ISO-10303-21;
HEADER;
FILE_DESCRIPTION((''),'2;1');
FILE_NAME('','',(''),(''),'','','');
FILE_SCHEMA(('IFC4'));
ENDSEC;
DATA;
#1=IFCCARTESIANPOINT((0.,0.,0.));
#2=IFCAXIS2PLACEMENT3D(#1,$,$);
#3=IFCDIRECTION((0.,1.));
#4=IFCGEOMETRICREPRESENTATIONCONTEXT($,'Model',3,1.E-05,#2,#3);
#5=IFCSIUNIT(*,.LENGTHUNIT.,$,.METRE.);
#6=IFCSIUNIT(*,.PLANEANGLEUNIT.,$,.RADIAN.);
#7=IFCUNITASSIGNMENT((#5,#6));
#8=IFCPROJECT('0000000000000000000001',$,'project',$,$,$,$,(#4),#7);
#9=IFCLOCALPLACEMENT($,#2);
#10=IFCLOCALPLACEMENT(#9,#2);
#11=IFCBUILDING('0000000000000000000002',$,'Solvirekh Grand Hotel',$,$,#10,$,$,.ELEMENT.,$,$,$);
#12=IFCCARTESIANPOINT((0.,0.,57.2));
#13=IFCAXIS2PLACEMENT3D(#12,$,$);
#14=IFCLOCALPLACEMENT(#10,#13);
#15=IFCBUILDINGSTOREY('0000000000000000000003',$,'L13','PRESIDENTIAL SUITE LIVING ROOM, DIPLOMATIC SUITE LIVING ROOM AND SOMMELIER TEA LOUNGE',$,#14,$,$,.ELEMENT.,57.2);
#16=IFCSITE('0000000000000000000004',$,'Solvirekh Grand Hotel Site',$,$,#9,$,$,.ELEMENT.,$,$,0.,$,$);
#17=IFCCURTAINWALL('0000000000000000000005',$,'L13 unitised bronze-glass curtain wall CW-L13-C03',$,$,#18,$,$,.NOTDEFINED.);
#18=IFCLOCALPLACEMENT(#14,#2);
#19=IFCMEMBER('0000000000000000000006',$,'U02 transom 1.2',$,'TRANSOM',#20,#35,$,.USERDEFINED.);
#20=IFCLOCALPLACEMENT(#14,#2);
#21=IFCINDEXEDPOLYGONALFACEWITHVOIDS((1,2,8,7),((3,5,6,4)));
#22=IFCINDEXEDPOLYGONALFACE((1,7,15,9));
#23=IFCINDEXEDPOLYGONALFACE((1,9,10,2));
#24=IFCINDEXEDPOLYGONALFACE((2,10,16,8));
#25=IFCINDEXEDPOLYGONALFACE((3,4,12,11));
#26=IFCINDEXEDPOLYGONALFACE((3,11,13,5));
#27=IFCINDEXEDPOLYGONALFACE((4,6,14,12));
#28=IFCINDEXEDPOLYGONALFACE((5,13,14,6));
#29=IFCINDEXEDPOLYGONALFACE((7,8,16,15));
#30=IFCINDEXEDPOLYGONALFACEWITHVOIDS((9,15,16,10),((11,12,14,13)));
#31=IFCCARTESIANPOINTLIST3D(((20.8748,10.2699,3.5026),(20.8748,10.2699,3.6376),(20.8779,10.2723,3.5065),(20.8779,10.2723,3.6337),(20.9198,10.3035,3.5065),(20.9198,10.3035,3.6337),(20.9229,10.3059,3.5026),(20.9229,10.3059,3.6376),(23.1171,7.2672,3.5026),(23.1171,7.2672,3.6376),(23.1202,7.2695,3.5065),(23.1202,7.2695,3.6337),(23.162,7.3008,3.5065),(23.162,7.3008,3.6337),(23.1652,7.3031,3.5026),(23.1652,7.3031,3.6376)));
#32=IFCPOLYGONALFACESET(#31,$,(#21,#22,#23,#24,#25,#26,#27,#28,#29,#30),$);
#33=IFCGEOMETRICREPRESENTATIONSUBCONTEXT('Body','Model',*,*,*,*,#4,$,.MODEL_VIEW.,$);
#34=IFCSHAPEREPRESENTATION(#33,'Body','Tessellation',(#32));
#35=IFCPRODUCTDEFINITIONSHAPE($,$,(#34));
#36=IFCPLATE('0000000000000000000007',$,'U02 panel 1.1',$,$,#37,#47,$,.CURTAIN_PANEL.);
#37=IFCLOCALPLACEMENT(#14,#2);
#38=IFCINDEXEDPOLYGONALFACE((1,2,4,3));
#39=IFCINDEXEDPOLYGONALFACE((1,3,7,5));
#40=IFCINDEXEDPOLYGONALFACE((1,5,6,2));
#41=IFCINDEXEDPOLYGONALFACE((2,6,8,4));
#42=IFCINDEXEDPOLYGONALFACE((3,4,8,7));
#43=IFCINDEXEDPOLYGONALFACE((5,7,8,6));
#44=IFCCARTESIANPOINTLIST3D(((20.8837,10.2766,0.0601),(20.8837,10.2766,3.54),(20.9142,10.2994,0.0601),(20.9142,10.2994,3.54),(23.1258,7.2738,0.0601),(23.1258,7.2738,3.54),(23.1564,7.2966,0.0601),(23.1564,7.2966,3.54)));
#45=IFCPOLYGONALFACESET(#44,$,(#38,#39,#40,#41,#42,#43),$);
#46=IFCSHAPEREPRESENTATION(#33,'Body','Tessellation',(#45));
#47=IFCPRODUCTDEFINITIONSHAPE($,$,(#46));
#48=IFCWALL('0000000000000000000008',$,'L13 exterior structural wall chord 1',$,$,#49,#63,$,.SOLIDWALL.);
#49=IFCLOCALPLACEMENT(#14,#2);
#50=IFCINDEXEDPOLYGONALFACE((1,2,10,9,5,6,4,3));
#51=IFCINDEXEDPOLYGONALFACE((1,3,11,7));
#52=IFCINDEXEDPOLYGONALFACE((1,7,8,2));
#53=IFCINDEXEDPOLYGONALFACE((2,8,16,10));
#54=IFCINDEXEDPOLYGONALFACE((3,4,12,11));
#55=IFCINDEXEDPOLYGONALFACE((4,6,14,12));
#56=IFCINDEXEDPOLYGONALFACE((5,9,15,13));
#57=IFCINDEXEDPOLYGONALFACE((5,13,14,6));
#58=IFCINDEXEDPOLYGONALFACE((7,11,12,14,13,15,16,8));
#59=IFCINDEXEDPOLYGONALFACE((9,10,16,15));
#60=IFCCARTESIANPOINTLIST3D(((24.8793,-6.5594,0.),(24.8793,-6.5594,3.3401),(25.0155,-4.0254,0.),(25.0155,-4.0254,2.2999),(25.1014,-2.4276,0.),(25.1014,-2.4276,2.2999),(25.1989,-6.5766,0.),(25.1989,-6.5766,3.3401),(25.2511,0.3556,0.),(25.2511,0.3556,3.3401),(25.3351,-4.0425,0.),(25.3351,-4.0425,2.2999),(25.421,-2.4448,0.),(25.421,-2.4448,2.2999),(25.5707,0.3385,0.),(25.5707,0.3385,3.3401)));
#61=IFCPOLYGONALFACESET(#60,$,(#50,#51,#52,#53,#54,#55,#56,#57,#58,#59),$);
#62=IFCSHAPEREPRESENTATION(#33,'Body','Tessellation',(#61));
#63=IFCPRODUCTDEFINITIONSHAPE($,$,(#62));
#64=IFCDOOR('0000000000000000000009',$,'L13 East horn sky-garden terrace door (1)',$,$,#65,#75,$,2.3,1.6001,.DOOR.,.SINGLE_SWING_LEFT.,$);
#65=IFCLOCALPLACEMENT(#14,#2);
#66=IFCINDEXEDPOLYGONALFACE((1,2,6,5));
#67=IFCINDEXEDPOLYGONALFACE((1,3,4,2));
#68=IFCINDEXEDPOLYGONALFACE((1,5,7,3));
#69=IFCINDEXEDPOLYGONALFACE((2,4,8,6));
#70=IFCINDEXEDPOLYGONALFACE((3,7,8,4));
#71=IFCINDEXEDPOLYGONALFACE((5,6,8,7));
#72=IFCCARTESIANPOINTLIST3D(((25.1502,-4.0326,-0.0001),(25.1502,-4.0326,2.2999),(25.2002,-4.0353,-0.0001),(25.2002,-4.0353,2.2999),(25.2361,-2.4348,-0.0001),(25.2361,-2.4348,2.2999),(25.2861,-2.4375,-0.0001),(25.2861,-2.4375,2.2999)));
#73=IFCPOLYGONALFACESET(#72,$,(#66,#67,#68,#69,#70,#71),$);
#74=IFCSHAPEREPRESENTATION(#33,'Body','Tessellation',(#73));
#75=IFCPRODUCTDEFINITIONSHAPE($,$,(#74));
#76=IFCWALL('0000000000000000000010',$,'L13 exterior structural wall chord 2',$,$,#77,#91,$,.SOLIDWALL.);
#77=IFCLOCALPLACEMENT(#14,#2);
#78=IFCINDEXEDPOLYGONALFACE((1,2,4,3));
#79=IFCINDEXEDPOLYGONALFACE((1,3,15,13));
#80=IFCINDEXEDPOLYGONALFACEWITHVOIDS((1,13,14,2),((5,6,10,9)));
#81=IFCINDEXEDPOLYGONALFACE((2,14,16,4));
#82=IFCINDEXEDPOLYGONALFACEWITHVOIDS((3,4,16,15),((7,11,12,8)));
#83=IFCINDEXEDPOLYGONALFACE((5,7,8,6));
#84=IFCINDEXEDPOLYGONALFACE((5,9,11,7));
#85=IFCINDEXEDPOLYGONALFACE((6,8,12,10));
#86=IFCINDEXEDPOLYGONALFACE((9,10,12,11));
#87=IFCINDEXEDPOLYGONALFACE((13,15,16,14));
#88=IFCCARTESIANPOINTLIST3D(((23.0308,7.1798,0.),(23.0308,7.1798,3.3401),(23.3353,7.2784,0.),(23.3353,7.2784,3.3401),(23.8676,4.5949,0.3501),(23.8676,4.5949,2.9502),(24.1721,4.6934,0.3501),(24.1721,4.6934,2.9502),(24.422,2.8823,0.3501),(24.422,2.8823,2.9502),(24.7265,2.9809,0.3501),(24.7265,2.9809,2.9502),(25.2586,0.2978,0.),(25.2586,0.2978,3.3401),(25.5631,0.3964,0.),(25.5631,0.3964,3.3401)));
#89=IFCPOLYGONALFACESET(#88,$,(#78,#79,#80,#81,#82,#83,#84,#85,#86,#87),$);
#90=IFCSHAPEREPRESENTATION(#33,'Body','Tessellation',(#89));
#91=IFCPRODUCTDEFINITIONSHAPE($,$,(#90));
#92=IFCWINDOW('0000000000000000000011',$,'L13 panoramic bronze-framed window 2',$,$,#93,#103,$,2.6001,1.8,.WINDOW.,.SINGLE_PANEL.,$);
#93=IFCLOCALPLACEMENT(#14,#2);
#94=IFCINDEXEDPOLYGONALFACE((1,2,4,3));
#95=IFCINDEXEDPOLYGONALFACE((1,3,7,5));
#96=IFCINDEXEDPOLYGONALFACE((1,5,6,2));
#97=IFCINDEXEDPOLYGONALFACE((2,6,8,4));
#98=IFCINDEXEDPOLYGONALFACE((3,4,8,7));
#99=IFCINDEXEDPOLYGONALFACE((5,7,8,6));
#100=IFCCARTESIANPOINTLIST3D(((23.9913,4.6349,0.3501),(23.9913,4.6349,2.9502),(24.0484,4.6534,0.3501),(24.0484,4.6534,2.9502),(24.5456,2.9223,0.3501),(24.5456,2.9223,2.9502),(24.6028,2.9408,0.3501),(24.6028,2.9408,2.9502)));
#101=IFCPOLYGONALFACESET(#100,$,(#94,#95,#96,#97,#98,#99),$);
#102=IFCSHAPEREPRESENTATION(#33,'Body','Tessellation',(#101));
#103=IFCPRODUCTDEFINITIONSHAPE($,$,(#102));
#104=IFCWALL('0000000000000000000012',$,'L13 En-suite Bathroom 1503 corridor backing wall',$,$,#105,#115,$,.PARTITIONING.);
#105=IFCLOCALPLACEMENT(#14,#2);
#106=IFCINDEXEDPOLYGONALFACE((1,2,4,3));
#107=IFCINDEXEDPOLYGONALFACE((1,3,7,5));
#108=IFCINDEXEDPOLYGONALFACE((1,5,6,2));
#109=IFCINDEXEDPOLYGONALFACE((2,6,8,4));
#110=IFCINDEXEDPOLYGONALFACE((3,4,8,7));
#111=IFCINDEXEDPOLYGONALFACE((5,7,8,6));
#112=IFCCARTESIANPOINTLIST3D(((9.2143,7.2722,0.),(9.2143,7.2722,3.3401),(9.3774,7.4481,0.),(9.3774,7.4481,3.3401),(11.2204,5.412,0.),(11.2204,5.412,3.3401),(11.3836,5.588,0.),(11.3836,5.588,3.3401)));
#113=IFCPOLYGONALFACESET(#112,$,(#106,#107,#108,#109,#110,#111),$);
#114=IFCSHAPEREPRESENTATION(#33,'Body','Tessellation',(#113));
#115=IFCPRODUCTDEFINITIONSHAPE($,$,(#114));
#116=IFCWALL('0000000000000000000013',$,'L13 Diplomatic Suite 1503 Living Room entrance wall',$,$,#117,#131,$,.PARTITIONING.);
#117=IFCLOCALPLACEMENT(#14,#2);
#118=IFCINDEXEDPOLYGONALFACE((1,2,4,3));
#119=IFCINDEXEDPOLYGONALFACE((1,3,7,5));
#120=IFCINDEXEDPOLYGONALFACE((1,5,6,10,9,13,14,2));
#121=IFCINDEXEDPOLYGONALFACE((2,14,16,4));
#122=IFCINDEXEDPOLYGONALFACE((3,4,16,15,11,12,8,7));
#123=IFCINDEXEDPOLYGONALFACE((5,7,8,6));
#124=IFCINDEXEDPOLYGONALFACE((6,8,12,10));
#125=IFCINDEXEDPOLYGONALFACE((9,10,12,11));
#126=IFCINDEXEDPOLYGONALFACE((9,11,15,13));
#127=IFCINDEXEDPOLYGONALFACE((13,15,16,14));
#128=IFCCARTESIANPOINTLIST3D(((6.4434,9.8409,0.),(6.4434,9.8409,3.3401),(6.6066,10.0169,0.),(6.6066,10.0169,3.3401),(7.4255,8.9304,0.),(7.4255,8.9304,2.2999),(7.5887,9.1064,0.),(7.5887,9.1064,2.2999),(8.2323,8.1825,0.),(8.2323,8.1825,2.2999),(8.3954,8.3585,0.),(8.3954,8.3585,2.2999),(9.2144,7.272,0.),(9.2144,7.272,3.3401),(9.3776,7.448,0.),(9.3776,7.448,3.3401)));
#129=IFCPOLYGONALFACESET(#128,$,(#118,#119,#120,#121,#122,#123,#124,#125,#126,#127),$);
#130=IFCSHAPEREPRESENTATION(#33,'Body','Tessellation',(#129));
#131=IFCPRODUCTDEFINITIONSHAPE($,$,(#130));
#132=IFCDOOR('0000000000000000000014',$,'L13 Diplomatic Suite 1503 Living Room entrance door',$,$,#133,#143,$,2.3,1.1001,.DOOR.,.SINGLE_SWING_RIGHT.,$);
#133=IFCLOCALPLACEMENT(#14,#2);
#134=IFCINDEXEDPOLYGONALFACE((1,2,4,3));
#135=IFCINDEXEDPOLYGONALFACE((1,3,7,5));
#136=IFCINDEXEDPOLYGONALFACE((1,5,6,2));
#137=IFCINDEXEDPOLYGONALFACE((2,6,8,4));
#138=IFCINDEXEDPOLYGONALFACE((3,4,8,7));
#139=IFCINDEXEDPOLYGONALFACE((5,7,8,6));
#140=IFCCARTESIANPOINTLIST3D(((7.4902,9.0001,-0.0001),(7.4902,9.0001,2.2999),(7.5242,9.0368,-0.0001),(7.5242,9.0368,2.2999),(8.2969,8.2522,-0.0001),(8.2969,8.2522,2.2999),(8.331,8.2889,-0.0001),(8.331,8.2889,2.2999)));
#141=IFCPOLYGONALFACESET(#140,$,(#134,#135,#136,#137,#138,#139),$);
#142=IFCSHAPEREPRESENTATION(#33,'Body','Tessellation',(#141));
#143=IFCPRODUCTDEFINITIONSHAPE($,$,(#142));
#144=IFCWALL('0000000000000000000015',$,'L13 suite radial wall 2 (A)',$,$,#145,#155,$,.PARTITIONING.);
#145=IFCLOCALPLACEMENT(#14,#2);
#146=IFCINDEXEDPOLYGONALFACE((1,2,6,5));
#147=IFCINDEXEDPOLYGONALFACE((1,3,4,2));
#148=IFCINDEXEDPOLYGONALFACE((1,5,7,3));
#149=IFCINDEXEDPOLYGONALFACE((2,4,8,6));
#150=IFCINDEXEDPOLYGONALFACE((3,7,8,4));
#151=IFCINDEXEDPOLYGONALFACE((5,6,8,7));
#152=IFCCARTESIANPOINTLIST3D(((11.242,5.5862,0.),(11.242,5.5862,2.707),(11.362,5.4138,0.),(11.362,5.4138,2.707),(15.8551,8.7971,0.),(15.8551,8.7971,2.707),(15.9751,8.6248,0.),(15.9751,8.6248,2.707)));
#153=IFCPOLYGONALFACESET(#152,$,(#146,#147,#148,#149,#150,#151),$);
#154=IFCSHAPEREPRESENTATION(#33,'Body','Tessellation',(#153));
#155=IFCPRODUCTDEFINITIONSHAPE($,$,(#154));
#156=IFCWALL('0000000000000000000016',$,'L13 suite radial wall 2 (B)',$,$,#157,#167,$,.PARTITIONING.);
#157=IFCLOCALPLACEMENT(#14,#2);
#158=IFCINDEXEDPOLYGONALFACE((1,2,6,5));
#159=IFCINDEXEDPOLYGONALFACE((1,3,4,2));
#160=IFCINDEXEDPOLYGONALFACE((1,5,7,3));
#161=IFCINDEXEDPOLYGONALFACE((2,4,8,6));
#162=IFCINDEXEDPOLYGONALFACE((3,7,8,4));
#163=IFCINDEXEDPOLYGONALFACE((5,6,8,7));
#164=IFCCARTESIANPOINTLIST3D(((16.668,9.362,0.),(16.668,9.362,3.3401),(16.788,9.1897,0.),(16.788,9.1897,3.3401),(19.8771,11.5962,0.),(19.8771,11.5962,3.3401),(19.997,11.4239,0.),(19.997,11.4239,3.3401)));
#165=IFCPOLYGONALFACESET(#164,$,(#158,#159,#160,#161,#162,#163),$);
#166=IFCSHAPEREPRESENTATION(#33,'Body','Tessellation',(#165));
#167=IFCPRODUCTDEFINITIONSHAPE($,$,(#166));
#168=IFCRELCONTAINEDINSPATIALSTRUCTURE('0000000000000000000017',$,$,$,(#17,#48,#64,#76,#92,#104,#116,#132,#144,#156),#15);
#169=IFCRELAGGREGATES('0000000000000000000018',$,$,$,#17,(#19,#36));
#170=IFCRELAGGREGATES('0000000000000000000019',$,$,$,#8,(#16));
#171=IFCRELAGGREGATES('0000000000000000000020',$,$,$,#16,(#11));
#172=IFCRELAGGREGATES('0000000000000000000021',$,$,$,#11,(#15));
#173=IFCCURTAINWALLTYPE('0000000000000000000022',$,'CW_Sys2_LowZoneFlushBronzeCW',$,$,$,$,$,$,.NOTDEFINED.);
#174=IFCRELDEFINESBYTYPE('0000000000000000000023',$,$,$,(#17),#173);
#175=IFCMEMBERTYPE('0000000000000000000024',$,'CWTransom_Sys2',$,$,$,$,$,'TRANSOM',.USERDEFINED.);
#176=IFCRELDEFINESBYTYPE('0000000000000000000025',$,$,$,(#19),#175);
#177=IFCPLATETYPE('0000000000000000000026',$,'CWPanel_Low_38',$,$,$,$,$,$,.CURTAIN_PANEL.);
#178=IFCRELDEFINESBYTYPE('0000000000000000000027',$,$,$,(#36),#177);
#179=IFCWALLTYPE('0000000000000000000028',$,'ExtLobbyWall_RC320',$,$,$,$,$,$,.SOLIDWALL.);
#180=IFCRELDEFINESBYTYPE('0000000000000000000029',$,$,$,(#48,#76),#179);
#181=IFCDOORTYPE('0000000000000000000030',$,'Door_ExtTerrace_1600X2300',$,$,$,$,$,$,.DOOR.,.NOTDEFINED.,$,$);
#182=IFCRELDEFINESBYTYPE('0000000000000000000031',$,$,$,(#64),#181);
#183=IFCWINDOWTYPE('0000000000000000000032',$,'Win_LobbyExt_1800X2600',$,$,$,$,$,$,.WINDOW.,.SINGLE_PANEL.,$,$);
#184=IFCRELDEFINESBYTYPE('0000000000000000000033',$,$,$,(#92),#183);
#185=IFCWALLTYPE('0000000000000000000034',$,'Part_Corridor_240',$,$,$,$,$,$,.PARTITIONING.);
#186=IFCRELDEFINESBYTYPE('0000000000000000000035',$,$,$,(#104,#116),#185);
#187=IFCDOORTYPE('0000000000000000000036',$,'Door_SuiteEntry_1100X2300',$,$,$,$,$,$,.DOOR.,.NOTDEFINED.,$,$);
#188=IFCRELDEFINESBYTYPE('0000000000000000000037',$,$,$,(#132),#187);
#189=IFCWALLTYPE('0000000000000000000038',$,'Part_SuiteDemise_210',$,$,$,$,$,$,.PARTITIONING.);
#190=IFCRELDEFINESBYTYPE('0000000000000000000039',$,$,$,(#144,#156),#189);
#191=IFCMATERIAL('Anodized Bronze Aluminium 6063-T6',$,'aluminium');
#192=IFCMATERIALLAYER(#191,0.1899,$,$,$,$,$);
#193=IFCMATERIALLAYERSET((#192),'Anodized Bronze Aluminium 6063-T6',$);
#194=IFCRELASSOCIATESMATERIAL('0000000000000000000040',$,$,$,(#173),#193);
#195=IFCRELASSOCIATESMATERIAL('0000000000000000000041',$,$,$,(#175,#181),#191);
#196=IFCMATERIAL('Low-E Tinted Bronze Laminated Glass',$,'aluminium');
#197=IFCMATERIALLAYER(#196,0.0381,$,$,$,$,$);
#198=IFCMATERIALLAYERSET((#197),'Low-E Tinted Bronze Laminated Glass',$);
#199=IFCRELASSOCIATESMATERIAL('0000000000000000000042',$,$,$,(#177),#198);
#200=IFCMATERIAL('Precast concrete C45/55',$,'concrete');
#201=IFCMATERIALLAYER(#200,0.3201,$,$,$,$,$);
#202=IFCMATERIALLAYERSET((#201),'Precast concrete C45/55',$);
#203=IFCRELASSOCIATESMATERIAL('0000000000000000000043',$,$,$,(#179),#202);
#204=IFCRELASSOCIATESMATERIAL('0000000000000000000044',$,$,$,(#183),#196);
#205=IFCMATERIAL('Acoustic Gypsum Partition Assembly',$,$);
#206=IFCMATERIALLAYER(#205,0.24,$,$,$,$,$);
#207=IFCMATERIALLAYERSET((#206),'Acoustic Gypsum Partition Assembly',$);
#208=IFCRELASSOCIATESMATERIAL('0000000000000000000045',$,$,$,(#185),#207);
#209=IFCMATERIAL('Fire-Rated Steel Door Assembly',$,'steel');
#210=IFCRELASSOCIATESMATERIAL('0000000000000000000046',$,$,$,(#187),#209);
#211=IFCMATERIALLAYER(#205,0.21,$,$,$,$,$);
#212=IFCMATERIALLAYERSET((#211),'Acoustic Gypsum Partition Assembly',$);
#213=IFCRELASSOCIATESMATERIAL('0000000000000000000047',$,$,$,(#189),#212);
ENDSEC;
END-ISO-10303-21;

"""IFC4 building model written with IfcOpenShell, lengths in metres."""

from ifc_helpers import new_model, si_unit, direction, frame, frame_2d, origin, origin_2d, place, context, subcontext, project, spatial, rectangle, hollow_rectangle, extrude, source, transform, mapped, material, layer, layer_set, material_profile, profile_set, type_object, element, fill, aggregate, save


model = new_model("IFC4")

# Units and contexts
model_context = context("Model", 3, precision=1e-05, world=origin(), true_north=direction((0.0, 1.0)))
body_context = subcontext(model_context, "Body", "Model", "MODEL_VIEW")
ifc_project = project(units=[si_unit("LENGTHUNIT", "METRE"), si_unit("PLANEANGLEUNIT", "RADIAN")], contexts=[model_context])

# Site, building, storey
site_placement = place(None, origin())
site = spatial("IfcSite", under=ifc_project, at=site_placement, Name="Solvirekh Grand Hotel Site", CompositionType="ELEMENT", RefElevation=0.0)
building_placement = place(site_placement, origin())
building = spatial("IfcBuilding", under=site, at=building_placement, Name="Solvirekh Grand Hotel", CompositionType="ELEMENT")
storey_placement = place(building_placement, frame((0.0, 0.0, 57.2)))
storey = spatial("IfcBuildingStorey", under=building, at=storey_placement, Name="L13", Description="PRESIDENTIAL SUITE LIVING ROOM, DIPLOMATIC SUITE LIVING ROOM AND SOMMELIER TEA LOUNGE", CompositionType="ELEMENT", Elevation=57.2)

# Curtain wall, member, plate
ifc_material_1 = material(Name="Anodized Bronze Aluminium 6063-T6", Category="aluminium")
ifc_layer_1 = layer(ifc_material_1, 0.1899)
ifc_layer_set_1 = layer_set([ifc_layer_1], Name="Anodized Bronze Aluminium 6063-T6")
curtain_wall_type = type_object("IfcCurtainWallType", Name="CW_Sys2_LowZoneFlushBronzeCW", PredefinedType="NOTDEFINED", material=ifc_layer_set_1)
curtain_wall_placement = place(storey_placement, origin())
curtain_wall = element("IfcCurtainWall", 1, at=curtain_wall_placement, inside=storey, type_object=curtain_wall_type, Name="L13 unitised bronze-glass curtain wall CW-L13-C03", PredefinedType="NOTDEFINED")
ifc_material_profile_1 = material_profile(ifc_material_1, hollow_rectangle(XDim=0.0601, YDim=0.135, WallThickness=0.0039, at=origin_2d()), Name="ALU RHS 135X60X4")
ifc_profile_set_1 = profile_set([ifc_material_profile_1], Name="Anodized Bronze Aluminium 6063-T6")
member_type_1 = type_object("IfcMemberType", Name="CWTransom_Sys2", ElementType="TRANSOM", PredefinedType="USERDEFINED", material=ifc_profile_set_1)
shared_shape_1 = source(origin(), body_context, "Body", "SweptSolid", [
    extrude(hollow_rectangle(XDim=0.0601, YDim=0.135, WallThickness=0.0039, at=origin_2d()), origin(), (0.0, 0.0, 1.0), 3.7476),
])
member_1_placement = place(storey_placement, frame((23.1411, 7.2852, 3.5701), z_axis=(-0.59832, 0.801257, 0.0), x_axis=(-0.801257, -0.59832, 0.0)))
member_1 = element("IfcMember", 2, at=member_1_placement, type_object=member_type_1, Name="U02 transom 1.2", ObjectType="TRANSOM", PredefinedType="USERDEFINED", context=body_context, shape_type="MappedRepresentation", body=[
    mapped(shared_shape_1, transform((0.0, 0.0, 0.0), x_axis=(1.0, 0.0, 0.0), y_axis=(0.0, 1.0, 0.0), z_axis=(0.0, 0.0, 1.0), scale=1.0)),
])
ifc_material_2 = material(Name="Low-E Tinted Bronze Laminated Glass", Category="aluminium")
ifc_layer_2 = layer(ifc_material_2, 0.0381)
ifc_layer_set_2 = layer_set([ifc_layer_2], Name="Low-E Tinted Bronze Laminated Glass")
plate_type = type_object("IfcPlateType", Name="CWPanel_Low_38", PredefinedType="CURTAIN_PANEL", material=ifc_layer_set_2)
shared_shape_2 = source(origin(), body_context, "Body", "SweptSolid", [
    extrude(rectangle(XDim=3.7476, YDim=0.0381, at=origin_2d()), origin(), (0.0, 0.0, 1.0), 3.48),
])
plate_placement = place(storey_placement, frame((22.02, 8.7866, 0.0601), z_axis=(0.0, 0.0, 1.0), x_axis=(-0.598296, 0.801275, 0.0)))
plate = element("IfcPlate", 3, at=plate_placement, type_object=plate_type, Name="U02 panel 1.1", PredefinedType="CURTAIN_PANEL", context=body_context, shape_type="MappedRepresentation", body=[
    mapped(shared_shape_2, transform((0.0, 0.0, 0.0), x_axis=(1.0, 0.0, 0.0), y_axis=(0.0, 1.0, 0.0), z_axis=(0.0, 0.0, 1.0), scale=1.0)),
])
aggregate(curtain_wall, [member_1, plate])

# Wall, opening, door
ifc_material_3 = material(Name="Precast concrete C45/55", Category="concrete")
ifc_layer_3 = layer(ifc_material_3, 0.3201)
ifc_layer_set_3 = layer_set([ifc_layer_3], Name="Precast concrete C45/55")
wall_type_1 = type_object("IfcWallType", Name="ExtLobbyWall_RC320", PredefinedType="SOLIDWALL", material=ifc_layer_set_3)
wall_1_placement = place(storey_placement, frame((25.4109, 0.3469, 0.0), z_axis=(0.0, 0.0, 1.0), x_axis=(-0.053693, -0.998557, 0.0)))
wall_1 = element("IfcWall", 4, at=wall_1_placement, inside=storey, type_object=wall_type_1, Name="L13 exterior structural wall chord 1", PredefinedType="SOLIDWALL", context=body_context, shape_type="SweptSolid", body=[
    extrude(rectangle(XDim=6.925, YDim=0.3201, at=frame_2d((3.4624, 0.0))), origin(), (0.0, 0.0, 1.0), 3.3401),
])
opening_1_placement = place(wall_1_placement, frame((2.7871, 0.0, 0.0)))
opening_1 = element("IfcOpeningElement", 5, at=opening_1_placement, cuts=wall_1, PredefinedType="OPENING", context=body_context, shape_type="SweptSolid", body=[
    extrude(rectangle(XDim=1.6001, YDim=2.3, at=frame_2d((0.8, 1.1499))), frame((0.0, 0.1699, 0.0), z_axis=(0.0, -1.0, 0.0), x_axis=(1.0, 0.0, 0.0)), (0.0, 0.0, 1.0), 0.3401),
])
door_type_1 = type_object("IfcDoorType", Name="Door_ExtTerrace_1600X2300", OperationType="NOTDEFINED", PredefinedType="DOOR", material=ifc_material_1)
door_1_placement = place(opening_1_placement, origin())
door_1 = element("IfcDoor", 6, at=door_1_placement, inside=storey, type_object=door_type_1, Name="L13 East horn sky-garden terrace door (1)", OperationType="SINGLE_SWING_LEFT", OverallHeight=2.3, OverallWidth=1.6001, PredefinedType="DOOR", context=body_context, shape_type="SweptSolid", body=[
    extrude(rectangle(XDim=1.6001, YDim=2.3, at=frame_2d((0.8, 1.1499))), frame((0.0, 0.0249, 0.0), z_axis=(0.0, -1.0, 0.0), x_axis=(1.0, 0.0, 0.0)), (0.0, 0.0, 1.0), 0.05),
])
fill(opening_1, door_1)

# Wall, opening, window
wall_2_placement = place(storey_placement, frame((23.1831, 7.229, 0.0), z_axis=(0.0, 0.0, 1.0), x_axis=(0.307974, -0.951395, 0.0)))
wall_2 = element("IfcWall", 7, at=wall_2_placement, inside=storey, type_object=wall_type_1, Name="L13 exterior structural wall chord 2", PredefinedType="SOLIDWALL", context=body_context, shape_type="SweptSolid", body=[
    extrude(rectangle(XDim=7.2336, YDim=0.3201, at=frame_2d((3.6167, 0.0))), origin(), (0.0, 0.0, 1.0), 3.3401),
])
opening_2_placement = place(wall_2_placement, frame((2.717, 0.0, 0.3501)))
opening_2 = element("IfcOpeningElement", 8, at=opening_2_placement, cuts=wall_2, PredefinedType="OPENING", context=body_context, shape_type="SweptSolid", body=[
    extrude(rectangle(XDim=1.8, YDim=2.6001, at=frame_2d((0.8999, 1.3))), frame((0.0, 0.1699, 0.0), z_axis=(0.0, -1.0, 0.0), x_axis=(1.0, 0.0, 0.0)), (0.0, 0.0, 1.0), 0.3401),
])
window_type = type_object("IfcWindowType", Name="Win_LobbyExt_1800X2600", PartitioningType="SINGLE_PANEL", PredefinedType="WINDOW", material=ifc_material_2)
window_placement = place(opening_2_placement, origin())
window = element("IfcWindow", 9, at=window_placement, inside=storey, type_object=window_type, Name="L13 panoramic bronze-framed window 2", OverallHeight=2.6001, OverallWidth=1.8, PartitioningType="SINGLE_PANEL", PredefinedType="WINDOW", context=body_context, shape_type="SweptSolid", body=[
    extrude(rectangle(XDim=1.8, YDim=2.6001, at=frame_2d((0.8999, 1.3))), frame((0.0, 0.03, 0.0), z_axis=(0.0, -1.0, 0.0), x_axis=(1.0, 0.0, 0.0)), (0.0, 0.0, 1.0), 0.0601),
])
fill(opening_2, window)

# Wall
ifc_material_4 = material(Name="Acoustic Gypsum Partition Assembly")
ifc_layer_4 = layer(ifc_material_4, 0.24)
ifc_layer_set_4 = layer_set([ifc_layer_4], Name="Acoustic Gypsum Partition Assembly")
wall_type_2 = type_object("IfcWallType", Name="Part_Corridor_240", PredefinedType="PARTITIONING", material=ifc_layer_set_4)
wall_3_placement = place(storey_placement, frame((11.302, 5.5, 0.0), z_axis=(0.0, 0.0, 1.0), x_axis=(-0.733286, 0.67992, 0.0)))
element("IfcWall", 10, at=wall_3_placement, inside=storey, type_object=wall_type_2, Name="L13 En-suite Bathroom 1503 corridor backing wall", PredefinedType="PARTITIONING", context=body_context, shape_type="SweptSolid", body=[
    extrude(rectangle(XDim=2.7358, YDim=0.24, at=frame_2d((1.3679, 0.0))), origin(), (0.0, 0.0, 1.0), 3.3401),
])

# Wall, opening, door
wall_4_placement = place(storey_placement, frame((9.2959, 7.3601, 0.0), z_axis=(0.0, 0.0, 1.0), x_axis=(-0.73335, 0.679851, 0.0)))
wall_4 = element("IfcWall", 11, at=wall_4_placement, inside=storey, type_object=wall_type_2, Name="L13 Diplomatic Suite 1503 Living Room entrance wall", PredefinedType="PARTITIONING", context=body_context, shape_type="SweptSolid", body=[
    extrude(rectangle(XDim=3.7786, YDim=0.24, at=frame_2d((1.8892, 0.0))), origin(), (0.0, 0.0, 1.0), 3.3401),
])
opening_3_placement = place(wall_4_placement, frame((1.3391, 0.0, 0.0)))
opening_3 = element("IfcOpeningElement", 12, at=opening_3_placement, cuts=wall_4, PredefinedType="OPENING", context=body_context, shape_type="SweptSolid", body=[
    extrude(rectangle(XDim=1.1001, YDim=2.3, at=frame_2d((0.55, 1.1499))), frame((0.0, 0.1299, 0.0), z_axis=(0.0, -1.0, 0.0), x_axis=(1.0, 0.0, 0.0)), (0.0, 0.0, 1.0), 0.26),
])
ifc_material_5 = material(Name="Fire-Rated Steel Door Assembly", Category="steel")
door_type_2 = type_object("IfcDoorType", Name="Door_SuiteEntry_1100X2300", OperationType="NOTDEFINED", PredefinedType="DOOR", material=ifc_material_5)
door_2_placement = place(opening_3_placement, origin())
door_2 = element("IfcDoor", 13, at=door_2_placement, inside=storey, type_object=door_type_2, Name="L13 Diplomatic Suite 1503 Living Room entrance door", OperationType="SINGLE_SWING_RIGHT", OverallHeight=2.3, OverallWidth=1.1001, PredefinedType="DOOR", context=body_context, shape_type="SweptSolid", body=[
    extrude(rectangle(XDim=1.1001, YDim=2.3, at=frame_2d((0.55, 1.1499))), frame((0.0, 0.0249, 0.0), z_axis=(0.0, -1.0, 0.0), x_axis=(1.0, 0.0, 0.0)), (0.0, 0.0, 1.0), 0.05),
])
fill(opening_3, door_2)

# Walls
ifc_layer_5 = layer(ifc_material_4, 0.21)
ifc_layer_set_5 = layer_set([ifc_layer_5], Name="Acoustic Gypsum Partition Assembly")
wall_type_3 = type_object("IfcWallType", Name="Part_SuiteDemise_210", PredefinedType="PARTITIONING", material=ifc_layer_set_5)
wall_5_placement = place(storey_placement, frame((11.302, 5.5, 0.0), z_axis=(0.0, 0.0, 1.0), x_axis=(0.820749, 0.571288, 0.0)))
element("IfcWall", 14, at=wall_5_placement, inside=storey, type_object=wall_type_3, Name="L13 suite radial wall 2 (A)", PredefinedType="PARTITIONING", context=body_context, shape_type="SweptSolid", body=[
    extrude(rectangle(XDim=5.6206, YDim=0.21, at=frame_2d((2.8103, 0.0))), origin(), (0.0, 0.0, 1.0), 2.707),
])
wall_6_placement = place(storey_placement, frame((16.728, 9.2759, 0.0), z_axis=(0.0, 0.0, 1.0), x_axis=(0.82069, 0.571374, 0.0)))
element("IfcWall", 15, at=wall_6_placement, inside=storey, type_object=wall_type_3, Name="L13 suite radial wall 2 (B)", PredefinedType="PARTITIONING", context=body_context, shape_type="SweptSolid", body=[
    extrude(rectangle(XDim=3.9102, YDim=0.21, at=frame_2d((1.9551, 0.0))), origin(), (0.0, 0.0, 1.0), 3.3401),
])

save(model, "model.ifc")
